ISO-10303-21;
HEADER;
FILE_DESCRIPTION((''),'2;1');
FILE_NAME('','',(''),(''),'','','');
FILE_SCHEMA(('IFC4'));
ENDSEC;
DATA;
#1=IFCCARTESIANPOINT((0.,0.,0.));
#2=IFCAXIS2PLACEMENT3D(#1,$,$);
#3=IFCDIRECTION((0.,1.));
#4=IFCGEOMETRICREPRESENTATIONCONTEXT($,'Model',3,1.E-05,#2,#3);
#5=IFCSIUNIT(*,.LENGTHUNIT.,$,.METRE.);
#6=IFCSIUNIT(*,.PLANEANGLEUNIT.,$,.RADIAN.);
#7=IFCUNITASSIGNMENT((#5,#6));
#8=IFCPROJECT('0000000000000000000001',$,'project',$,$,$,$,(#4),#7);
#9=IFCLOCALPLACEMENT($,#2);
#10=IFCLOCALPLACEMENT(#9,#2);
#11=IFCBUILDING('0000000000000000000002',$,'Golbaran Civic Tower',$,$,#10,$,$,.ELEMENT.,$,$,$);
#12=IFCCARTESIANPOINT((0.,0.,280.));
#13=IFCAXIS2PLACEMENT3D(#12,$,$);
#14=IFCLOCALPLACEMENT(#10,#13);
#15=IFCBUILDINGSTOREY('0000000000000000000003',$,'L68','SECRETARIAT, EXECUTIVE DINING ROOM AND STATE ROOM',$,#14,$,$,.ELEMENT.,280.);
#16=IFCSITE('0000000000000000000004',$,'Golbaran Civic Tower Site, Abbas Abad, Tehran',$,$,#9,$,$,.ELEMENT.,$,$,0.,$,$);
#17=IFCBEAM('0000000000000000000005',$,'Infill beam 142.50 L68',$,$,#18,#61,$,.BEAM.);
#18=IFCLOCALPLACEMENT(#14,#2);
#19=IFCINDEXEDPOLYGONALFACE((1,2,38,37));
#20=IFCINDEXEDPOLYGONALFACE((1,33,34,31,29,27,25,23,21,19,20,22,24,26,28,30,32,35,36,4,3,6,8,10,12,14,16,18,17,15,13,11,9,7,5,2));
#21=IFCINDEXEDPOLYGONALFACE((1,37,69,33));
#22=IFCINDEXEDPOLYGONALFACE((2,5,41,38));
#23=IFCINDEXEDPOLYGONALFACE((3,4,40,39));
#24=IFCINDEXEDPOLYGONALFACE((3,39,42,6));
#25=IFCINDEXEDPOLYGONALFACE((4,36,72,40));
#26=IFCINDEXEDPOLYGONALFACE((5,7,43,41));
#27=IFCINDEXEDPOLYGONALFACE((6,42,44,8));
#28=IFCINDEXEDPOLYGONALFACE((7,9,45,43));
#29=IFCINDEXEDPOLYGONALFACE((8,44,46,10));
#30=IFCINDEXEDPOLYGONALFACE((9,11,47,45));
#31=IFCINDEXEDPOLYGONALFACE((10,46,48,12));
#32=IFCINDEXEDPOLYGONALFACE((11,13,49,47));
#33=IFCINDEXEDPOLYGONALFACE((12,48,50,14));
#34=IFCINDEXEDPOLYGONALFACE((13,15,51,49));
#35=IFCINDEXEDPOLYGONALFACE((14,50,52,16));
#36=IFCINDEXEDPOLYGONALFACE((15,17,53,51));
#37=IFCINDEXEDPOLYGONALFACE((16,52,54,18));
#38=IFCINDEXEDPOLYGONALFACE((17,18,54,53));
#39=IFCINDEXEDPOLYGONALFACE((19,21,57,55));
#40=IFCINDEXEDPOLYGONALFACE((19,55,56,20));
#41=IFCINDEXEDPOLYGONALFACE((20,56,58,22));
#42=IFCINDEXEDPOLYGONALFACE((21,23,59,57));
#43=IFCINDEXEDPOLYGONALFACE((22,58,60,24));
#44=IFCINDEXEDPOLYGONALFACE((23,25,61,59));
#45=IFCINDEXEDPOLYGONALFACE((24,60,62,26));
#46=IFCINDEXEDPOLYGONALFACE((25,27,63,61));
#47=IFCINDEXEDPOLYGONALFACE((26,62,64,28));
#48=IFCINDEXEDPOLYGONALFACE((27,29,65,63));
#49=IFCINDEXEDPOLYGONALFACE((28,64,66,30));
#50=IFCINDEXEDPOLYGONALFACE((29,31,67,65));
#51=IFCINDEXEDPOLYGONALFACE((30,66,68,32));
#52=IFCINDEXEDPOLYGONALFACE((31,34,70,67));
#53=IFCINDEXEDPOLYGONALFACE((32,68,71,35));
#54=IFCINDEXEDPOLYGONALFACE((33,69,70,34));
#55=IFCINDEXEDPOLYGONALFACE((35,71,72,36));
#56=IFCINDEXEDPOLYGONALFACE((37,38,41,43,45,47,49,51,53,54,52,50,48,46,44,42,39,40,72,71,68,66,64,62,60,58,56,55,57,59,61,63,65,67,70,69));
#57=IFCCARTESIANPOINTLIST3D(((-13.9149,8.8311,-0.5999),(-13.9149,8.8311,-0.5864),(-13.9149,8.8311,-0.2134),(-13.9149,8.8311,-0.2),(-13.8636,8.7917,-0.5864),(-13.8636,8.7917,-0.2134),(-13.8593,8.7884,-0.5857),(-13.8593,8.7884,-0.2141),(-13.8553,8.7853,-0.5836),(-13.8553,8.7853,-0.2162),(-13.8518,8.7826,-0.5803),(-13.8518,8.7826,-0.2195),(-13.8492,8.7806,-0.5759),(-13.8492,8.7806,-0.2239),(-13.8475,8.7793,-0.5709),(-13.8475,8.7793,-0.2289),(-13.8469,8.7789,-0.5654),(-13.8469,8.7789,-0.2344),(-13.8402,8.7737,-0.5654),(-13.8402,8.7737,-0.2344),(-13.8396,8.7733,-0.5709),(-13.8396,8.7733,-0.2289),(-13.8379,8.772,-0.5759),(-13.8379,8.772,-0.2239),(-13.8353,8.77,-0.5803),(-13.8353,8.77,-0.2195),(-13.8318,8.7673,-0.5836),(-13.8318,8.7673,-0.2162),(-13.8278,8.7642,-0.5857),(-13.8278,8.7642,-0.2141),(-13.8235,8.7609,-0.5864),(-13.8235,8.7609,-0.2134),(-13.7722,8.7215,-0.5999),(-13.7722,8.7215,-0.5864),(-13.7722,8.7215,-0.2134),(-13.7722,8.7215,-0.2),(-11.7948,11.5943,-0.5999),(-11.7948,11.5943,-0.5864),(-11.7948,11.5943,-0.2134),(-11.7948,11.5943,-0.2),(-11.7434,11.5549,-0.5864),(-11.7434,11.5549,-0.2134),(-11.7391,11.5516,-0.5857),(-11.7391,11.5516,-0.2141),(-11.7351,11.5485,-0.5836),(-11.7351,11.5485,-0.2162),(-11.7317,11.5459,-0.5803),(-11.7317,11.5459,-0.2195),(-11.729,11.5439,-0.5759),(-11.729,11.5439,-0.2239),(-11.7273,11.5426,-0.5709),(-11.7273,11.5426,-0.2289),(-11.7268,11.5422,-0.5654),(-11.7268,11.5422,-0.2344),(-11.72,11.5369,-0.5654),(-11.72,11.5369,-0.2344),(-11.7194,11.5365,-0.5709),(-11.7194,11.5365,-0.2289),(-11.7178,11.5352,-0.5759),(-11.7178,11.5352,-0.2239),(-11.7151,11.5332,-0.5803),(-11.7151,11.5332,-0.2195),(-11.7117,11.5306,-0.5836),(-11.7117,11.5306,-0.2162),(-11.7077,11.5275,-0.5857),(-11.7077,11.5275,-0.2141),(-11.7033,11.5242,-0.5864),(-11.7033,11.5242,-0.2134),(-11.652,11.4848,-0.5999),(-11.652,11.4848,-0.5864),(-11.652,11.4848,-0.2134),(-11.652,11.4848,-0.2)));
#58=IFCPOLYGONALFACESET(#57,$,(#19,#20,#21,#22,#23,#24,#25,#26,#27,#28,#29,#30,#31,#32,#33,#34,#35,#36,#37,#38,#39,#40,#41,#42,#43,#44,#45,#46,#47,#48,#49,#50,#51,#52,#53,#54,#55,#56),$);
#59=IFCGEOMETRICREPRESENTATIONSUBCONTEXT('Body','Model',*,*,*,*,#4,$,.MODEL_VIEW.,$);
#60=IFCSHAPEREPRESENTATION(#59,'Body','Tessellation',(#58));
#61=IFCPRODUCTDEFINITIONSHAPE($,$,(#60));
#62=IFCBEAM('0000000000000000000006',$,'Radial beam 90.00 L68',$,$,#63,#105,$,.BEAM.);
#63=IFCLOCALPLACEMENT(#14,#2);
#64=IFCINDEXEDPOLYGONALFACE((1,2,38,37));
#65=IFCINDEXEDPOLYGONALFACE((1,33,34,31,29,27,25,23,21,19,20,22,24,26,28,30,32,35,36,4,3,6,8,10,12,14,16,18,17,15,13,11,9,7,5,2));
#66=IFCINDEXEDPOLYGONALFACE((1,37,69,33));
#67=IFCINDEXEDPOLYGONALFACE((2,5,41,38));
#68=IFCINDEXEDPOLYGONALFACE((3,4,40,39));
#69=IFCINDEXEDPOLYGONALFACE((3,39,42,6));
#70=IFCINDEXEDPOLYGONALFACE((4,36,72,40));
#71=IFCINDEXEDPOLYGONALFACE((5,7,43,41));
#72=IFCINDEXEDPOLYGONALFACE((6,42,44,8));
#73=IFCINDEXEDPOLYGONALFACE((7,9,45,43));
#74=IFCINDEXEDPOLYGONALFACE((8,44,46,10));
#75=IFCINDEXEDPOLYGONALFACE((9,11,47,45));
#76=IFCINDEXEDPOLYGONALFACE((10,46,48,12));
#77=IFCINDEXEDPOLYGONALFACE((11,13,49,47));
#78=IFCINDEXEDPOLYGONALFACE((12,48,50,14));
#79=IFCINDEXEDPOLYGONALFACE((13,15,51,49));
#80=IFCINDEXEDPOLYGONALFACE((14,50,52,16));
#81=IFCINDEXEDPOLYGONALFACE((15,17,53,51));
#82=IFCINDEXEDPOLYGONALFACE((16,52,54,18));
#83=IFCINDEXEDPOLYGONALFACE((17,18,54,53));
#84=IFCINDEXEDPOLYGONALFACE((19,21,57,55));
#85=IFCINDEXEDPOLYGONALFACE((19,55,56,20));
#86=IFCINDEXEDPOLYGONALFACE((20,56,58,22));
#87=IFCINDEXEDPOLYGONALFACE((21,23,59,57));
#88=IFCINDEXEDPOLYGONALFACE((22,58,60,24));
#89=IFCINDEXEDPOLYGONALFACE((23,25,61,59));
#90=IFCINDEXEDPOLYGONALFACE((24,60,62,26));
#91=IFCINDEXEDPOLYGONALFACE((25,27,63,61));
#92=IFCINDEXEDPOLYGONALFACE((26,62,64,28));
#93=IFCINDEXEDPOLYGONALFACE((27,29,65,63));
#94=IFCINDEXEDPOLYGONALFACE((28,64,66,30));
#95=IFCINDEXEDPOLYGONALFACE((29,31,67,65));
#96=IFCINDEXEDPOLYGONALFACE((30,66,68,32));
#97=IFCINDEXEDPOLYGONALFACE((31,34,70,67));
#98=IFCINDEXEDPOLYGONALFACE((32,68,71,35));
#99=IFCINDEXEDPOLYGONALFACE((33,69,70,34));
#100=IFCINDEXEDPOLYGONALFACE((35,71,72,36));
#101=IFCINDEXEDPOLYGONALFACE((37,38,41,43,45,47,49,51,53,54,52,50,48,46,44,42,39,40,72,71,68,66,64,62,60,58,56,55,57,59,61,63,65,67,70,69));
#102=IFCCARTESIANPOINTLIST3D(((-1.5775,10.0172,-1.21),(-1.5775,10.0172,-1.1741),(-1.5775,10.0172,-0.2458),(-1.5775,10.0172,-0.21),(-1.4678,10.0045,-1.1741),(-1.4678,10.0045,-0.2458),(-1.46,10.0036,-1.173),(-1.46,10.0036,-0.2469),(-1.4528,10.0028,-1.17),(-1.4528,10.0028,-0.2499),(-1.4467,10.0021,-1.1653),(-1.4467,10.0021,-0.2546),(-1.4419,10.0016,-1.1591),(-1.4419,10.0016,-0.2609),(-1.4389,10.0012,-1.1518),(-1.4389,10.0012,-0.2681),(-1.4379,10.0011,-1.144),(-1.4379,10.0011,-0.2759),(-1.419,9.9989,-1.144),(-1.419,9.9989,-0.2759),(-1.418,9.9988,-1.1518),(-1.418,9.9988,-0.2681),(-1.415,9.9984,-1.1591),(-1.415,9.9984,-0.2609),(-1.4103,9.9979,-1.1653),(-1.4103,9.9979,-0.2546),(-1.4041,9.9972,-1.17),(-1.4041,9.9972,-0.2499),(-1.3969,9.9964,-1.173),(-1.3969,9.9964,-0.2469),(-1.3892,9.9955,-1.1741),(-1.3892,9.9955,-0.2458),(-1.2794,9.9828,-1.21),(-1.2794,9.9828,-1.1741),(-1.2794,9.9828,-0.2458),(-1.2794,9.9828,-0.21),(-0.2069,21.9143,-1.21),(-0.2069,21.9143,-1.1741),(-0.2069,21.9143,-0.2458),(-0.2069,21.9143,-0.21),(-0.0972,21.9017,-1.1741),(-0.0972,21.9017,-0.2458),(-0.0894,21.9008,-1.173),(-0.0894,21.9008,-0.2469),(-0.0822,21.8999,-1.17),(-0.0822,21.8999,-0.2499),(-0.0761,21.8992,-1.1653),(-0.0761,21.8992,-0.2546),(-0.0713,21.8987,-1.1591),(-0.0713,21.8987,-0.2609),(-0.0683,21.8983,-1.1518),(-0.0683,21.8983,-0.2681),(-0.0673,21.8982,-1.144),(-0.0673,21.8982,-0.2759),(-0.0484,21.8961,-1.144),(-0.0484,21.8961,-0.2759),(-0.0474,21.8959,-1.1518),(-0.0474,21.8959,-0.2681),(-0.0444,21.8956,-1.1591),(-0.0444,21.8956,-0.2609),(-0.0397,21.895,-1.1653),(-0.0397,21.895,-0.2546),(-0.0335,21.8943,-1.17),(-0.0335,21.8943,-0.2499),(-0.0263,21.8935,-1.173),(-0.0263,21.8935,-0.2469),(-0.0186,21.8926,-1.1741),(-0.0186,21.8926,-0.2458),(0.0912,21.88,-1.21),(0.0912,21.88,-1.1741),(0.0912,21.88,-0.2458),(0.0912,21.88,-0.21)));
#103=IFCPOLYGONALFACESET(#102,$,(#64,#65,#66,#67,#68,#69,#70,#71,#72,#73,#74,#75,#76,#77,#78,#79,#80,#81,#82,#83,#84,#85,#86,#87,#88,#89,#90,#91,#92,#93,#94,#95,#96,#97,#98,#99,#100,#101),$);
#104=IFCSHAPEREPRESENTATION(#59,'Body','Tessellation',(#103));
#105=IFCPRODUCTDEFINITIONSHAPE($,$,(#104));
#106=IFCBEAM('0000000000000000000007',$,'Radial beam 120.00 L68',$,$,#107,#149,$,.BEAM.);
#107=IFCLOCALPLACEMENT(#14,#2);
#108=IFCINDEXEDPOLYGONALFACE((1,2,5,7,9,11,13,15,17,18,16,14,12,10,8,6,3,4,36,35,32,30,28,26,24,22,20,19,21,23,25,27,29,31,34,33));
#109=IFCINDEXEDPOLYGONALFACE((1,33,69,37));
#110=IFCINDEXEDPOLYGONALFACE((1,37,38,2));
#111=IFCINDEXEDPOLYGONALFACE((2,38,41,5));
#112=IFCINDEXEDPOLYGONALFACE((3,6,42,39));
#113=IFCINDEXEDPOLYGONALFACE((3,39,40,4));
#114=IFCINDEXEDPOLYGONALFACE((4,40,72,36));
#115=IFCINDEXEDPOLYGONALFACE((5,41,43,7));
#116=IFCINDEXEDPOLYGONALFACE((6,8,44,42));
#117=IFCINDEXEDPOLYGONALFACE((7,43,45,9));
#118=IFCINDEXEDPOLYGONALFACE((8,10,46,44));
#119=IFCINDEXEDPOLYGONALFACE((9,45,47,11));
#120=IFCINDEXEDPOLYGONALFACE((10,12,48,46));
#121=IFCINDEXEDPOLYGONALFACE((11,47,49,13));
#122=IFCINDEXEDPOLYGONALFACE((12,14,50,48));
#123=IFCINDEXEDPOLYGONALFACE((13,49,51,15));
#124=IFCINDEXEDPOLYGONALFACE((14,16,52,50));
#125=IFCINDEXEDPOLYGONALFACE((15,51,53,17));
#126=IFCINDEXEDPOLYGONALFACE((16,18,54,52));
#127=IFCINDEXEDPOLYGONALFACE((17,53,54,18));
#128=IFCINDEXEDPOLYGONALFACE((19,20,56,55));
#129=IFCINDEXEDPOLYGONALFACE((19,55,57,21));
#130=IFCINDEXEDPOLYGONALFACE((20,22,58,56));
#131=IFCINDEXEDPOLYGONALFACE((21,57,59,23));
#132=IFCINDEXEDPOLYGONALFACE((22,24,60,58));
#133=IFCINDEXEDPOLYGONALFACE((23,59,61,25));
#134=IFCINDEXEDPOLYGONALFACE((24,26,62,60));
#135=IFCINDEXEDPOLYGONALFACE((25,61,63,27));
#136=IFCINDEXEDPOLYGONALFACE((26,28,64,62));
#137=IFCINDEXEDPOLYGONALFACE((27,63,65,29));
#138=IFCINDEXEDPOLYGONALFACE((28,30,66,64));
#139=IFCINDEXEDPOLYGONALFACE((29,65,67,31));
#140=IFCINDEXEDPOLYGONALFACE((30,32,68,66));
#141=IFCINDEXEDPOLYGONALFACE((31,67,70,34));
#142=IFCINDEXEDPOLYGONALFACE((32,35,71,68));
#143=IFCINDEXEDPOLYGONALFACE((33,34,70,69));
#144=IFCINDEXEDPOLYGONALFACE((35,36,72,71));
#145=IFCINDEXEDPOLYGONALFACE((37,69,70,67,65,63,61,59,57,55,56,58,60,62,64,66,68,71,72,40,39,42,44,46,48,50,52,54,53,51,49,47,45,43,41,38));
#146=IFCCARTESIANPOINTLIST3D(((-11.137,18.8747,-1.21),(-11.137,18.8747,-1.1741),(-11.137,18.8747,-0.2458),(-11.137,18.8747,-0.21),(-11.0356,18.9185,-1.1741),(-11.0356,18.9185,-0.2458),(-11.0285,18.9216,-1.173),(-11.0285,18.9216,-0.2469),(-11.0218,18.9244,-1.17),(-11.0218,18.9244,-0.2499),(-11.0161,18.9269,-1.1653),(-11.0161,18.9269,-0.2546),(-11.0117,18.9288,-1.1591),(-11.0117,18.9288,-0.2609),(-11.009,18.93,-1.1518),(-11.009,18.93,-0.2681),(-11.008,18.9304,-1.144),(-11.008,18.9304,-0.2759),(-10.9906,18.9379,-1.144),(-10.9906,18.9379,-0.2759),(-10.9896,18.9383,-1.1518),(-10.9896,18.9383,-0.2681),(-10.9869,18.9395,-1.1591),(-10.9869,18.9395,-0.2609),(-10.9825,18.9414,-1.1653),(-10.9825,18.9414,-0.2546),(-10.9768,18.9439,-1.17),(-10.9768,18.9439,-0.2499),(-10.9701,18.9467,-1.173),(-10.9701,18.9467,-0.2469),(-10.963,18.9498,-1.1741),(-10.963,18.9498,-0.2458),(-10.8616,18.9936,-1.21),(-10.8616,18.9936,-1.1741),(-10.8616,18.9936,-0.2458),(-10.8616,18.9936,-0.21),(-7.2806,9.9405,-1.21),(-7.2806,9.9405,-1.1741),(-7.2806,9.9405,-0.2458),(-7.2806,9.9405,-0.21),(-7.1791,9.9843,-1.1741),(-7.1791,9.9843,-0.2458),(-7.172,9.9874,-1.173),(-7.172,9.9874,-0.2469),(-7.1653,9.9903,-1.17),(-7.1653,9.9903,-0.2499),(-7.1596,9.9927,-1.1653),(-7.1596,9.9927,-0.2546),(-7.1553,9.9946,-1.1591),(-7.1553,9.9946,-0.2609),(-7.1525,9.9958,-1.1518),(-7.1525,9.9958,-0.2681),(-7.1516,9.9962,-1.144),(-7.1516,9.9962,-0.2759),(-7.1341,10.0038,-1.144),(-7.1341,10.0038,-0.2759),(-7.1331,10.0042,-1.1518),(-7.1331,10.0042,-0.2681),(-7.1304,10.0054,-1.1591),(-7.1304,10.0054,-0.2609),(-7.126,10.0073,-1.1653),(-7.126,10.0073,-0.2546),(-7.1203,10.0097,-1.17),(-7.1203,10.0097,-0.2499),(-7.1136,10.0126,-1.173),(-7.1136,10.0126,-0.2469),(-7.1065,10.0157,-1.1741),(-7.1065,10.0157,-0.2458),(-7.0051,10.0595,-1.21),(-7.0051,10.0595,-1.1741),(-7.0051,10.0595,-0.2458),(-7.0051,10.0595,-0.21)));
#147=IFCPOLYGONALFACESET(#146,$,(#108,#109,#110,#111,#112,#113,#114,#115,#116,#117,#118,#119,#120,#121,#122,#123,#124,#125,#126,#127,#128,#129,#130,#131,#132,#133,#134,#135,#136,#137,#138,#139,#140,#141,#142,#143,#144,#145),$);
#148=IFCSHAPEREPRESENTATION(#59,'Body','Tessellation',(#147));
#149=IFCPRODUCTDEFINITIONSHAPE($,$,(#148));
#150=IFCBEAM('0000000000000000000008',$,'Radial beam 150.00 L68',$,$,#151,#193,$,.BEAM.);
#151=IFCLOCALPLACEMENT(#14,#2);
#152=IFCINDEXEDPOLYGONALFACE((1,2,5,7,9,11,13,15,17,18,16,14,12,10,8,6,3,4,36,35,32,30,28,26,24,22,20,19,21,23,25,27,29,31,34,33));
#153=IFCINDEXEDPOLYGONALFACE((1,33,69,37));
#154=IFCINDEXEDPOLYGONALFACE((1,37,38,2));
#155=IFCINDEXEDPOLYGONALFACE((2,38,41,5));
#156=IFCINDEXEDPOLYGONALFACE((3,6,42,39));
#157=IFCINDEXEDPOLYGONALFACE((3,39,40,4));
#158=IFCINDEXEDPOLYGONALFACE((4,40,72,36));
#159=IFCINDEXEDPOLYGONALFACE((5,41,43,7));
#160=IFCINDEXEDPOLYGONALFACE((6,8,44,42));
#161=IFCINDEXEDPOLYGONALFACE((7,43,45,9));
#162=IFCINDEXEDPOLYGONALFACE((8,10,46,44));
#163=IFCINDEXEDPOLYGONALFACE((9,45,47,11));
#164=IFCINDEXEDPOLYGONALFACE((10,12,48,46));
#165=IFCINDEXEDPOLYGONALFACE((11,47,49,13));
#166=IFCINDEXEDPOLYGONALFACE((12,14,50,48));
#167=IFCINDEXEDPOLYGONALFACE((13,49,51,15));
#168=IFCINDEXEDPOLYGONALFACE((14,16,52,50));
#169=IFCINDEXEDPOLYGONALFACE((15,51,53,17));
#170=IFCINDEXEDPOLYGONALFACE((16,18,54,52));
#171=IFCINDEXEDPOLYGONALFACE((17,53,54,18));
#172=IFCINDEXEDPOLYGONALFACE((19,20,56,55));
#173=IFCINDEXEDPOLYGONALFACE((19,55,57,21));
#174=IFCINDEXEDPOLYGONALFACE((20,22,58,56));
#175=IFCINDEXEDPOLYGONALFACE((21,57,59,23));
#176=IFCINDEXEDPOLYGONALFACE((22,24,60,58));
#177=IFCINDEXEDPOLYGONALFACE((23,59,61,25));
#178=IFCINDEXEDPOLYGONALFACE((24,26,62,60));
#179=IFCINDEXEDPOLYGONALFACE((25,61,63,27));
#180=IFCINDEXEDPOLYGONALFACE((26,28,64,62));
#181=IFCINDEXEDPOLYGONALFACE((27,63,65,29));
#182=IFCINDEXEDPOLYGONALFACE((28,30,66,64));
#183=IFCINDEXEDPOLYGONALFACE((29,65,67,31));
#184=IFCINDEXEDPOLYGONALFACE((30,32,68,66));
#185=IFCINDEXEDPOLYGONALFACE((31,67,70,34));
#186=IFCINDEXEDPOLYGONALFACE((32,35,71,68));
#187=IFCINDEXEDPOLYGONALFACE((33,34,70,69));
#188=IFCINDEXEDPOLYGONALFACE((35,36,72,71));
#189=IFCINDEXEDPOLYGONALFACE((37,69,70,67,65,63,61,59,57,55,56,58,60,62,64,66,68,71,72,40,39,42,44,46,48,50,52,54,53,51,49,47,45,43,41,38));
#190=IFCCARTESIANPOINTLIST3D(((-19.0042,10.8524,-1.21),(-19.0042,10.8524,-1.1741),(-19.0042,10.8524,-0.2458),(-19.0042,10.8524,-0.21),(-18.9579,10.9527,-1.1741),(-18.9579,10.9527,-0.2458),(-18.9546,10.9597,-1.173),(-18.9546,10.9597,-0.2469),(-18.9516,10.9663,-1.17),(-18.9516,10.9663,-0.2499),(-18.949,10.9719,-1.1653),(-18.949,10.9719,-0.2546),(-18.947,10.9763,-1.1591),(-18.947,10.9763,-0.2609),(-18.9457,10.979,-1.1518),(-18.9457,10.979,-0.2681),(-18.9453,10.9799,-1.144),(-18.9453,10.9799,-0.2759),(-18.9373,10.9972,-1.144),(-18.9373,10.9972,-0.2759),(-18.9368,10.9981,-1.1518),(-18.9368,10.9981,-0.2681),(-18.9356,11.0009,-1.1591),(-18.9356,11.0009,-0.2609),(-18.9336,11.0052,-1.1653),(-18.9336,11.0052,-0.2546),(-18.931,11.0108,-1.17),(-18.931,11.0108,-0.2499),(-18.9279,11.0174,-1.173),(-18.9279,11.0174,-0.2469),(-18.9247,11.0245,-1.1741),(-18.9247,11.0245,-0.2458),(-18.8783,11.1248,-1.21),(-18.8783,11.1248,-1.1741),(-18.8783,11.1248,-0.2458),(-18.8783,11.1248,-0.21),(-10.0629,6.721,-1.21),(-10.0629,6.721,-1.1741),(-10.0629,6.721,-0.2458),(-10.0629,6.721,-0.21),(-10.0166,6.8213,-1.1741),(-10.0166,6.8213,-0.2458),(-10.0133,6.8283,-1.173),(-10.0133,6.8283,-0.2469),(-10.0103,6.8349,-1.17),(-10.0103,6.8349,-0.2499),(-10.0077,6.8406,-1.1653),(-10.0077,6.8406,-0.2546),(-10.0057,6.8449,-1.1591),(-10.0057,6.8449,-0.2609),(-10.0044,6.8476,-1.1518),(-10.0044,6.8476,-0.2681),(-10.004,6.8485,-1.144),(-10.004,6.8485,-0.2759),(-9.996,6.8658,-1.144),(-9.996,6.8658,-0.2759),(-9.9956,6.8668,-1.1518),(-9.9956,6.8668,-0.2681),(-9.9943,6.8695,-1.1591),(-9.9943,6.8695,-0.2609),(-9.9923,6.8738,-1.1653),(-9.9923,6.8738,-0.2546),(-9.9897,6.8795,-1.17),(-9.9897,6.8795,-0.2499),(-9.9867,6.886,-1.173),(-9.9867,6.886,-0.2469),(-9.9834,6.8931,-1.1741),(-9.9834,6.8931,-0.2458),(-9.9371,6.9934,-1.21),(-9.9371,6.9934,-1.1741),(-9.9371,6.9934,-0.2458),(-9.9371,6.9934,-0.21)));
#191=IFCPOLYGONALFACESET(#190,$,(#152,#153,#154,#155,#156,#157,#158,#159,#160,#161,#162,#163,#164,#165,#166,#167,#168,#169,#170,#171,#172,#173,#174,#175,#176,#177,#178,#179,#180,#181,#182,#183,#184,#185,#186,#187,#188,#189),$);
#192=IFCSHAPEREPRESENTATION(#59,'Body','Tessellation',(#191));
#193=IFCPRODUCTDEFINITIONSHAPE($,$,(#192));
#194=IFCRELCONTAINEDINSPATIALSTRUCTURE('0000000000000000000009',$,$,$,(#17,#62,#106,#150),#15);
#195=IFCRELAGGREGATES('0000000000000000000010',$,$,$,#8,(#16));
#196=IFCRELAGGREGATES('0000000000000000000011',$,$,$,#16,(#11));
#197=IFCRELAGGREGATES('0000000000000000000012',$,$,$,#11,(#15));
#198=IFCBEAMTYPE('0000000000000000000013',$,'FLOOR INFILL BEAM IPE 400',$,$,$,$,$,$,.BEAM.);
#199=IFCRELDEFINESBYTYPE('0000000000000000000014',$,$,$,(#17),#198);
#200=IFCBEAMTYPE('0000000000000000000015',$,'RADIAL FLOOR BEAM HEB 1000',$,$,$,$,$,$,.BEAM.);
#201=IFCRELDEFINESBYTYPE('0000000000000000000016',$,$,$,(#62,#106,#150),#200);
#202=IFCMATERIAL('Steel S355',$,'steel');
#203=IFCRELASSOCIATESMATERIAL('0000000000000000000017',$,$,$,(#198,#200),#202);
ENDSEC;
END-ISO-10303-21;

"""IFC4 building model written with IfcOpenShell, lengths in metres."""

from ifc_helpers import new_model, si_unit, direction, frame, origin, origin_2d, place, context, subcontext, project, spatial, i_section, extrude, material, material_profile, profile_set, type_object, element, save


model = new_model("IFC4")

# Units and contexts
model_context = context("Model", 3, precision=1e-05, world=origin(), true_north=direction((0.0, 1.0)))
body_context = subcontext(model_context, "Body", "Model", "MODEL_VIEW")
ifc_project = project(units=[si_unit("LENGTHUNIT", "METRE"), si_unit("PLANEANGLEUNIT", "RADIAN")], contexts=[model_context])

# Site, building, storey
site_placement = place(None, origin())
site = spatial("IfcSite", under=ifc_project, at=site_placement, Name="Golbaran Civic Tower Site, Abbas Abad, Tehran", CompositionType="ELEMENT", RefElevation=0.0)
building_placement = place(site_placement, origin())
building = spatial("IfcBuilding", under=site, at=building_placement, Name="Golbaran Civic Tower", CompositionType="ELEMENT")
storey_placement = place(building_placement, frame((0.0, 0.0, 280.0)))
storey = spatial("IfcBuildingStorey", under=building, at=storey_placement, Name="L68", Description="SECRETARIAT, EXECUTIVE DINING ROOM AND STATE ROOM", CompositionType="ELEMENT", Elevation=280.0)

# Beams
ifc_material_1 = material(Name="Steel S355", Category="steel")
ifc_material_profile_1 = material_profile(ifc_material_1, i_section(OverallWidth=0.1799, OverallDepth=0.3999, WebThickness=0.0085, FlangeThickness=0.0134, FilletRadius=0.021, at=origin_2d()), Name="IPE 400")
ifc_profile_set_1 = profile_set([ifc_material_profile_1], Name="Steel S355")
beam_type_1 = type_object("IfcBeamType", Name="FLOOR INFILL BEAM IPE 400", PredefinedType="BEAM", material=ifc_profile_set_1)
beam_1_placement = place(storey_placement, frame((-11.7234, 11.5396, -0.3999), z_axis=(-0.608735, -0.793374, 0.0), x_axis=(0.793374, -0.608735, 0.0)))
element("IfcBeam", 1, at=beam_1_placement, inside=storey, type_object=beam_type_1, Name="Infill beam 142.50 L68", PredefinedType="BEAM", context=body_context, shape_type="SweptSolid", body=[
    extrude(i_section(OverallWidth=0.1799, OverallDepth=0.3999, WebThickness=0.0085, FlangeThickness=0.0134, FilletRadius=0.021, at=origin_2d()), origin(), (0.0, 0.0, 1.0), 3.4829),
])
ifc_material_profile_2 = material_profile(ifc_material_1, i_section(OverallWidth=0.3, OverallDepth=1.0, WebThickness=0.019, FlangeThickness=0.0359, FilletRadius=0.03, at=origin_2d()), Name="HEB 1000")
ifc_profile_set_2 = profile_set([ifc_material_profile_2], Name="Steel S355")
beam_type_2 = type_object("IfcBeamType", Name="RADIAL FLOOR BEAM HEB 1000", PredefinedType="BEAM", material=ifc_profile_set_2)
beam_2_placement = place(storey_placement, frame((-1.4285, 10.0, -0.71), z_axis=(0.114447, 0.993429, 0.0), x_axis=(-0.993429, 0.114447, 0.0)))
element("IfcBeam", 2, at=beam_2_placement, inside=storey, type_object=beam_type_2, Name="Radial beam 90.00 L68", PredefinedType="BEAM", context=body_context, shape_type="SweptSolid", body=[
    extrude(i_section(OverallWidth=0.3, OverallDepth=1.0, WebThickness=0.019, FlangeThickness=0.0359, FilletRadius=0.03, at=origin_2d()), origin(), (0.0, 0.0, 1.0), 11.9758),
])
beam_3_placement = place(storey_placement, frame((-7.1428, 10.0, -0.71), z_axis=(-0.39631, 0.918117, 0.0), x_axis=(-0.918117, -0.39631, 0.0)))
element("IfcBeam", 3, at=beam_3_placement, inside=storey, type_object=beam_type_2, Name="Radial beam 120.00 L68", PredefinedType="BEAM", context=body_context, shape_type="SweptSolid", body=[
    extrude(i_section(OverallWidth=0.3, OverallDepth=1.0, WebThickness=0.019, FlangeThickness=0.0359, FilletRadius=0.03, at=origin_2d()), origin(), (0.0, 0.0, 1.0), 9.731),
])
beam_4_placement = place(storey_placement, frame((-10.0, 6.8572, -0.71), z_axis=(-0.907779, 0.419448, 0.0), x_axis=(-0.419448, -0.907779, 0.0)))
element("IfcBeam", 4, at=beam_4_placement, inside=storey, type_object=beam_type_2, Name="Radial beam 150.00 L68", PredefinedType="BEAM", context=body_context, shape_type="SweptSolid", body=[
    extrude(i_section(OverallWidth=0.3, OverallDepth=1.0, WebThickness=0.019, FlangeThickness=0.0359, FilletRadius=0.03, at=origin_2d()), origin(), (0.0, 0.0, 1.0), 9.8496),
])

save(model, "model.ifc")
